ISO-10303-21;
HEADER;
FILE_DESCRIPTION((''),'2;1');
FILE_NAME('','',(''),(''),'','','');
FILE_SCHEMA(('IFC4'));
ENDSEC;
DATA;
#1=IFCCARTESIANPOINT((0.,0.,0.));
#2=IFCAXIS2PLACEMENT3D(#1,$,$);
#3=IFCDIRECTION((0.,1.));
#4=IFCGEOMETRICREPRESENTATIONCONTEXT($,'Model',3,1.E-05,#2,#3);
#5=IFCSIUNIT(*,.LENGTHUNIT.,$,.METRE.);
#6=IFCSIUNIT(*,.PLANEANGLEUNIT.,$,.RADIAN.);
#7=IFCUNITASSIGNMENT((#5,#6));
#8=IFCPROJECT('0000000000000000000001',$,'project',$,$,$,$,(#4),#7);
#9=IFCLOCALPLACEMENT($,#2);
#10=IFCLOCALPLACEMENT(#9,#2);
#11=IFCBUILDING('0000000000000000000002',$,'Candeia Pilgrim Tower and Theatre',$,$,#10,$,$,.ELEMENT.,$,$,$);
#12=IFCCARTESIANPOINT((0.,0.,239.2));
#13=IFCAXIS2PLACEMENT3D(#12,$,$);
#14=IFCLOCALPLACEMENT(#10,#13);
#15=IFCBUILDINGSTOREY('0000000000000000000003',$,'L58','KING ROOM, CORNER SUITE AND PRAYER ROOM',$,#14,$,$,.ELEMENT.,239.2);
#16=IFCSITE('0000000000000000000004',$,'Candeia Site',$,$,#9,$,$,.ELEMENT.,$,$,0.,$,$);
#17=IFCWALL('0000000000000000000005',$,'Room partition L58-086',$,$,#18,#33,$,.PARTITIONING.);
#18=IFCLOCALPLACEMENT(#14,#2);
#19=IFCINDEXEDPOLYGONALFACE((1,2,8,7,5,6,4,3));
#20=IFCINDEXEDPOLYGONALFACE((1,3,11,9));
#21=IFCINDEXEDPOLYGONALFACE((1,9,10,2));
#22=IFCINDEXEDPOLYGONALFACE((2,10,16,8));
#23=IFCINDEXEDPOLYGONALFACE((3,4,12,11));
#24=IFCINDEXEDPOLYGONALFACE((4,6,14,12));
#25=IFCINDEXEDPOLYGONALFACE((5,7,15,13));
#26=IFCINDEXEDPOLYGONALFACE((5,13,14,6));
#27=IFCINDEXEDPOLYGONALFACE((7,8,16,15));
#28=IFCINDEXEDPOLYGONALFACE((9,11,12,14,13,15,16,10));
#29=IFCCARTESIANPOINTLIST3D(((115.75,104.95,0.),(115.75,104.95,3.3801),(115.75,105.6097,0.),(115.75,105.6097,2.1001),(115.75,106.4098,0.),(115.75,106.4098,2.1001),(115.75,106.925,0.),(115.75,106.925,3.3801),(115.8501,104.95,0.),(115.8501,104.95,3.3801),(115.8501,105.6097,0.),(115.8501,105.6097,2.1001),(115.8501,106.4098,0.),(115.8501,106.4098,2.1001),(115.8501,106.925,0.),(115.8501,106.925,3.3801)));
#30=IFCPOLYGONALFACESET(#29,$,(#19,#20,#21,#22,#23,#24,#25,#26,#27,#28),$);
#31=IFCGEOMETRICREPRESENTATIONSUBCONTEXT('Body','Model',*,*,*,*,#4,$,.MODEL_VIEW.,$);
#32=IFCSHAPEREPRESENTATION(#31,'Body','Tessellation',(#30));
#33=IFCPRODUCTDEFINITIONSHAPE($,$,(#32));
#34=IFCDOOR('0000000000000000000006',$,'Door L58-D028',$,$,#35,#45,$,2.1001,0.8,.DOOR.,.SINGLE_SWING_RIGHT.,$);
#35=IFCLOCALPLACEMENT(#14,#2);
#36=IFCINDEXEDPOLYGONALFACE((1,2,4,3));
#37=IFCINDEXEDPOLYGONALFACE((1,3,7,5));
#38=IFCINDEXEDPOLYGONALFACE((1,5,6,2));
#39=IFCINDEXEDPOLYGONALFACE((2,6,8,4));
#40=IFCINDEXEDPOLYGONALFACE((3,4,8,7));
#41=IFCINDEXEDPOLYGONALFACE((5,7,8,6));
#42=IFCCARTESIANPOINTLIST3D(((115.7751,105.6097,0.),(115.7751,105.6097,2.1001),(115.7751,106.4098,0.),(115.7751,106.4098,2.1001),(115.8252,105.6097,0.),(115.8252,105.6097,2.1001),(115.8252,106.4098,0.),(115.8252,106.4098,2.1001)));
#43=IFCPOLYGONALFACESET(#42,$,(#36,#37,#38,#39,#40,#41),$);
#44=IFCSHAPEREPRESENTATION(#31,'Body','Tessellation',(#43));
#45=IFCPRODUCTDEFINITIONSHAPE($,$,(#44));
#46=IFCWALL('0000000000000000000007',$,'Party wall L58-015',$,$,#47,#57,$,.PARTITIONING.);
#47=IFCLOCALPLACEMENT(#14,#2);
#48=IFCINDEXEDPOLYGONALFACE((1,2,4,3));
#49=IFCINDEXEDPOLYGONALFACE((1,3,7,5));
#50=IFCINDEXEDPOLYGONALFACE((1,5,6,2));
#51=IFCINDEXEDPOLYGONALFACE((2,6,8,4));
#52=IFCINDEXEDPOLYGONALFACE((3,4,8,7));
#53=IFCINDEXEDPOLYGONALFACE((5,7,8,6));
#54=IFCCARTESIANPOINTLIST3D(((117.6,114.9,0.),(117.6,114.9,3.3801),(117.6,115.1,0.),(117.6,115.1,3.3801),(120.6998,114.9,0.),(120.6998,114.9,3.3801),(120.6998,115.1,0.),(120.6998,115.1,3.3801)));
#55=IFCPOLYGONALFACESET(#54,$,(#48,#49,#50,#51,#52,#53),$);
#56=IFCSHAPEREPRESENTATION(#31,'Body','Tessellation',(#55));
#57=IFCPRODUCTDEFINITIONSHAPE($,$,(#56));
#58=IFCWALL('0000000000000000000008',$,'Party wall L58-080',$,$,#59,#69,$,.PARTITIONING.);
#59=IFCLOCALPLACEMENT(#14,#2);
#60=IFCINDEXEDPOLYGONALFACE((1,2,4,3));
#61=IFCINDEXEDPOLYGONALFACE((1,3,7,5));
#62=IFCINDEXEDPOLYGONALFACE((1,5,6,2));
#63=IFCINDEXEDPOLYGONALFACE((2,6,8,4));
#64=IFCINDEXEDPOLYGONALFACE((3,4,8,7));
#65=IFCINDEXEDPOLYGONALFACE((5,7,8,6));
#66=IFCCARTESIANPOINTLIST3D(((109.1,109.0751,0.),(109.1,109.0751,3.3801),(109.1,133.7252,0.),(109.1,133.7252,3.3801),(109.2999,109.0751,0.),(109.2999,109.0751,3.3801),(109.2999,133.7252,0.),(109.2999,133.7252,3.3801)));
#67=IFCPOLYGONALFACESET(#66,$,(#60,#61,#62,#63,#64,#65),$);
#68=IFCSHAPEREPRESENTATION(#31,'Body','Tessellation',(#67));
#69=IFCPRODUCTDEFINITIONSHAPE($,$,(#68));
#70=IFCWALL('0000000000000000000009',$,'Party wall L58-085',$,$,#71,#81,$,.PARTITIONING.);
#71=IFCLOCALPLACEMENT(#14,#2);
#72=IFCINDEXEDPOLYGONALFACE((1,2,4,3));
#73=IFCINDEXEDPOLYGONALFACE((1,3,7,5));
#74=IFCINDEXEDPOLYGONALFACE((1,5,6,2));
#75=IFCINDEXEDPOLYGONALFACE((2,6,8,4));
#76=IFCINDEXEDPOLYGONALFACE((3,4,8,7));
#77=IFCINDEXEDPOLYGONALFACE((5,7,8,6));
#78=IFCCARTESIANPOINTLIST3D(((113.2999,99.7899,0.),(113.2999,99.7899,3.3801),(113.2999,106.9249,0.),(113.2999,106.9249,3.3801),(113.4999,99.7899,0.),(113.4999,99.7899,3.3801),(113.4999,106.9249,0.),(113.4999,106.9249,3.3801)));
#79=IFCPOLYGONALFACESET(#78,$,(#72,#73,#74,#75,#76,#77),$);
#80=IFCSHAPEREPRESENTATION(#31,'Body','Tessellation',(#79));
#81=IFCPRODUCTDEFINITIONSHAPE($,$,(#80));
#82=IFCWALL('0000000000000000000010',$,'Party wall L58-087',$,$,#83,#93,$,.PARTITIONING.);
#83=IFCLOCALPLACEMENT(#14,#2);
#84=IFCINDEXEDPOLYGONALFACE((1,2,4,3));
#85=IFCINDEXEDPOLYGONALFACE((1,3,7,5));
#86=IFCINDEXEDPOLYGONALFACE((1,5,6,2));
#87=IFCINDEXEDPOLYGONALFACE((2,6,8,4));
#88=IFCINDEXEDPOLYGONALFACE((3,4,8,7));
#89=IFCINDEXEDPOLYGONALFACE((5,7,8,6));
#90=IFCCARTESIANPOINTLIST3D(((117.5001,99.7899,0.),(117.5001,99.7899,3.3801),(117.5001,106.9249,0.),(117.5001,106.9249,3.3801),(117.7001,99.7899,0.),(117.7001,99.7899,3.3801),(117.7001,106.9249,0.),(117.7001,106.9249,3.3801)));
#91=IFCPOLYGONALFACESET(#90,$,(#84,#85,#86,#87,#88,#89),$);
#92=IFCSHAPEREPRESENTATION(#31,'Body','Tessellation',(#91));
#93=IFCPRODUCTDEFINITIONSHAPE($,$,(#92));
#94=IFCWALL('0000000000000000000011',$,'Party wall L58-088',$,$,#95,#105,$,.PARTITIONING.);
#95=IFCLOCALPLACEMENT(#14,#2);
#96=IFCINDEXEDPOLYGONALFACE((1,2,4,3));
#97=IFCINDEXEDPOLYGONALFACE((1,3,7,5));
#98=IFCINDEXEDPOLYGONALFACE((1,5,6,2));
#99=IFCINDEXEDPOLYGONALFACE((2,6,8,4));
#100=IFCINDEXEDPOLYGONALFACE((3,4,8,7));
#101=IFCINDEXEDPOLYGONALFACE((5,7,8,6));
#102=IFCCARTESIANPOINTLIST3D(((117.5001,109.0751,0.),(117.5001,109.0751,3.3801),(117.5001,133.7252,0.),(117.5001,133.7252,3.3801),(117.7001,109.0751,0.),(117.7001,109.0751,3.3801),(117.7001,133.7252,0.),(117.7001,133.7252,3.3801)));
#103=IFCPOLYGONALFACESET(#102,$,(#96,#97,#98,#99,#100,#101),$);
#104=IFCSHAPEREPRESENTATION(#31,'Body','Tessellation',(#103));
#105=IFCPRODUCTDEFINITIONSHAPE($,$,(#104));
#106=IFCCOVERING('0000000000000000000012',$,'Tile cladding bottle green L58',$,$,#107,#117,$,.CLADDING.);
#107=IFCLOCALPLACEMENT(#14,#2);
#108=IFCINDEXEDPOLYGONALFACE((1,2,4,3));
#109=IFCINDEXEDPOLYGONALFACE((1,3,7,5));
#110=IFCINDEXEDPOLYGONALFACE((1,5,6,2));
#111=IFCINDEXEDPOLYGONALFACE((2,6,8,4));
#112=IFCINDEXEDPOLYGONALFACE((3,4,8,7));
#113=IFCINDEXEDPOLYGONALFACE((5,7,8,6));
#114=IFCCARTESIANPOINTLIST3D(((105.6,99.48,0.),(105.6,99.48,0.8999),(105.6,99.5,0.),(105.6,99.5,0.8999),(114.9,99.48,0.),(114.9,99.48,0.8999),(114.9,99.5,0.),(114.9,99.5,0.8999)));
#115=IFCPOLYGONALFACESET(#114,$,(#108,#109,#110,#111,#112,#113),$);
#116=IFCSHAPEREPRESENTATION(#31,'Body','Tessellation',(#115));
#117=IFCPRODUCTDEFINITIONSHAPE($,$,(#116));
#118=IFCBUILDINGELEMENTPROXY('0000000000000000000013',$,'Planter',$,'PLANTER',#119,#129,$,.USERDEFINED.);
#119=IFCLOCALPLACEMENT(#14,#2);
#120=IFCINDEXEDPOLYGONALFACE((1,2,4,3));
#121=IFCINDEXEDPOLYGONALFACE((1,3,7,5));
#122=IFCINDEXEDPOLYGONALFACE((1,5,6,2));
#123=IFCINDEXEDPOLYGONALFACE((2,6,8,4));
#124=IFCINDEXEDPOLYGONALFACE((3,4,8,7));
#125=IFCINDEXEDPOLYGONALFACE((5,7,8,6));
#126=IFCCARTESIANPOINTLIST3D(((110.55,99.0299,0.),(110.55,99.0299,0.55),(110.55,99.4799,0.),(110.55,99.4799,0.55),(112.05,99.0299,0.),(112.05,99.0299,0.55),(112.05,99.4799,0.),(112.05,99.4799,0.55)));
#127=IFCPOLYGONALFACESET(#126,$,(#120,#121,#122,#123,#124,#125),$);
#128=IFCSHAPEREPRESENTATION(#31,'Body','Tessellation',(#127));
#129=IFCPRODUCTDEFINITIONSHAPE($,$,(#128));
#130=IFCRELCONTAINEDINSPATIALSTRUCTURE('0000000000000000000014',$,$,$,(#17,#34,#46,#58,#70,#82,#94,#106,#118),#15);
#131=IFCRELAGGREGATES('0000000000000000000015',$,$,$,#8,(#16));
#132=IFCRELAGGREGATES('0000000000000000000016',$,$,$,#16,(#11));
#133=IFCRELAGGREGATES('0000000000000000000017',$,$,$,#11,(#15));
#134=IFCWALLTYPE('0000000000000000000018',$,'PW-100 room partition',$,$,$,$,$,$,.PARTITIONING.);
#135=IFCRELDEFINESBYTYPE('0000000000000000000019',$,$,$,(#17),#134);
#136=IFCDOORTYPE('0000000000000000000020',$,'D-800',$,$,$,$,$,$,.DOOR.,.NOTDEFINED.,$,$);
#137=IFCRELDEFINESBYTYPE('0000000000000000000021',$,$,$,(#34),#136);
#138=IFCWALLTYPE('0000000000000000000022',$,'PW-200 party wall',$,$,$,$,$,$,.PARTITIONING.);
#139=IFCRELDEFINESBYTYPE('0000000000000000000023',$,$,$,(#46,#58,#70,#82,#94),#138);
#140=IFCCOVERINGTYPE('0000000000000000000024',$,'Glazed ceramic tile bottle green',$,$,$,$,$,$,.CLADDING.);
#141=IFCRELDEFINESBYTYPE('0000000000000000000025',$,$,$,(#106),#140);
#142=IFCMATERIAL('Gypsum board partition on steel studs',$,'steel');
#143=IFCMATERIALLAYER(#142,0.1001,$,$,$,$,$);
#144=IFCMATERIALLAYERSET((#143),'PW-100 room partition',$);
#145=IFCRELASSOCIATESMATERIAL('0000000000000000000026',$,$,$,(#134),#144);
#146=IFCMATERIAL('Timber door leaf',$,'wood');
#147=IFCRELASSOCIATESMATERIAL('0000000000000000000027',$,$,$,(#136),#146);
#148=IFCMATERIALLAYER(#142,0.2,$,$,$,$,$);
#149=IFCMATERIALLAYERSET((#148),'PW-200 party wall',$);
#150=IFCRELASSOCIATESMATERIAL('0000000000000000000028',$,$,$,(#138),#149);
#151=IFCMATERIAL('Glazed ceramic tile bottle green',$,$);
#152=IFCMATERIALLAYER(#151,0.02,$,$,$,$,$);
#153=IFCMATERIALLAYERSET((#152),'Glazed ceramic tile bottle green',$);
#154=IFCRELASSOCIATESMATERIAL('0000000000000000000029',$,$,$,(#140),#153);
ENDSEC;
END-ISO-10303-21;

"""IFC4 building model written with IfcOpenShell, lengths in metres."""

from ifc_helpers import new_model, si_unit, direction, frame, frame_2d, origin, origin_2d, place, context, subcontext, project, spatial, rectangle, extrude, material, layer, layer_set, type_object, element, fill, save


model = new_model("IFC4")

# Units and contexts
model_context = context("Model", 3, precision=1e-05, world=origin(), true_north=direction((0.0, 1.0)))
body_context = subcontext(model_context, "Body", "Model", "MODEL_VIEW")
ifc_project = project(units=[si_unit("LENGTHUNIT", "METRE"), si_unit("PLANEANGLEUNIT", "RADIAN")], contexts=[model_context])

# Site, building, storey
site_placement = place(None, origin())
site = spatial("IfcSite", under=ifc_project, at=site_placement, Name="Candeia Site", CompositionType="ELEMENT", RefElevation=0.0)
building_placement = place(site_placement, origin())
building = spatial("IfcBuilding", under=site, at=building_placement, Name="Candeia Pilgrim Tower and Theatre", CompositionType="ELEMENT")
storey_placement = place(building_placement, frame((0.0, 0.0, 239.2)))
storey = spatial("IfcBuildingStorey", under=building, at=storey_placement, Name="L58", Description="KING ROOM, CORNER SUITE AND PRAYER ROOM", CompositionType="ELEMENT", Elevation=239.2)

# Shared definitions
ifc_material_1 = material(Name="Gypsum board partition on steel studs", Category="steel")
ifc_layer_1 = layer(ifc_material_1, 0.1001)
ifc_layer_set_1 = layer_set([ifc_layer_1], Name="PW-100 room partition")
wall_type_1 = type_object("IfcWallType", Name="PW-100 room partition", PredefinedType="PARTITIONING", material=ifc_layer_set_1)

# Shared definitions
ifc_material_2 = material(Name="Timber door leaf", Category="wood")
door_type = type_object("IfcDoorType", Name="D-800", OperationType="NOTDEFINED", PredefinedType="DOOR", material=ifc_material_2)

# Wall, opening, door
wall_1_placement = place(storey_placement, frame((115.8, 104.95, 0.0), z_axis=(0.0, 0.0, 1.0), x_axis=(0.0, 1.0, 0.0)))
wall_1 = element("IfcWall", 1, at=wall_1_placement, inside=storey, type_object=wall_type_1, Name="Room partition L58-086", PredefinedType="PARTITIONING", context=body_context, shape_type="SweptSolid", body=[
    extrude(rectangle(XDim=1.9751, YDim=0.1001, at=frame_2d((0.9875, 0.0))), origin(), (0.0, 0.0, 1.0), 3.3801),
])
opening_1_placement = place(wall_1_placement, frame((0.6599, 0.0, 0.0)))
opening_1 = element("IfcOpeningElement", 2, at=opening_1_placement, cuts=wall_1, PredefinedType="OPENING", context=body_context, shape_type="SweptSolid", body=[
    extrude(rectangle(XDim=0.8, YDim=2.1001, at=frame_2d((0.3999, 1.05))), frame((0.0, 0.0601, 0.0), z_axis=(0.0, -1.0, 0.0), x_axis=(1.0, 0.0, 0.0)), (0.0, 0.0, 1.0), 0.1201),
])
door_1_placement = place(opening_1_placement, origin())
door_1 = element("IfcDoor", 3, at=door_1_placement, inside=storey, type_object=door_type, Name="Door L58-D028", OperationType="SINGLE_SWING_RIGHT", OverallHeight=2.1001, OverallWidth=0.8, PredefinedType="DOOR", context=body_context, shape_type="SweptSolid", body=[
    extrude(rectangle(XDim=0.8, YDim=2.1001, at=frame_2d((0.3999, 1.05))), frame((0.0, 0.0249, 0.0), z_axis=(0.0, -1.0, 0.0), x_axis=(1.0, 0.0, 0.0)), (0.0, 0.0, 1.0), 0.05),
])
fill(opening_1, door_1)

# Walls
ifc_layer_2 = layer(ifc_material_1, 0.2)
ifc_layer_set_2 = layer_set([ifc_layer_2], Name="PW-200 party wall")
wall_type_2 = type_object("IfcWallType", Name="PW-200 party wall", PredefinedType="PARTITIONING", material=ifc_layer_set_2)
wall_2_placement = place(storey_placement, frame((117.6001, 115.0, 0.0), z_axis=(0.0, 0.0, 1.0), x_axis=(1.0, 0.0, 0.0)))
element("IfcWall", 4, at=wall_2_placement, inside=storey, type_object=wall_type_2, Name="Party wall L58-015", PredefinedType="PARTITIONING", context=body_context, shape_type="SweptSolid", body=[
    extrude(rectangle(XDim=3.0999, YDim=0.2, at=frame_2d((1.5498, 0.0))), origin(), (0.0, 0.0, 1.0), 3.3801),
])
wall_3_placement = place(storey_placement, frame((109.2, 109.075, 0.0), z_axis=(0.0, 0.0, 1.0), x_axis=(0.0, 1.0, 0.0)))
element("IfcWall", 5, at=wall_3_placement, inside=storey, type_object=wall_type_2, Name="Party wall L58-080", PredefinedType="PARTITIONING", context=body_context, shape_type="SweptSolid", body=[
    extrude(rectangle(XDim=24.6501, YDim=0.2, at=frame_2d((12.3252, 0.0))), origin(), (0.0, 0.0, 1.0), 3.3801),
])
for number, where, z_axis, x_axis, name in (
    (6, (113.3999, 99.79, 0.0), (0.0, 0.0, 1.0), (0.0, 1.0, 0.0), "Party wall L58-085"),
    (7, (117.6001, 99.79, 0.0), (0.0, 0.0, 1.0), (0.0, 1.0, 0.0), "Party wall L58-087"),
):
    element("IfcWall", number, at=place(storey_placement, frame(where, z_axis=z_axis, x_axis=x_axis)), inside=storey, type_object=wall_type_2, Name=name, PredefinedType="PARTITIONING", context=body_context, shape_type="SweptSolid", body=[
        extrude(rectangle(XDim=7.135, YDim=0.2, at=frame_2d((3.5674, 0.0))), origin(), (0.0, 0.0, 1.0), 3.3801),
    ])
wall_4_placement = place(storey_placement, frame((117.6001, 109.075, 0.0), z_axis=(0.0, 0.0, 1.0), x_axis=(0.0, 1.0, 0.0)))
element("IfcWall", 8, at=wall_4_placement, inside=storey, type_object=wall_type_2, Name="Party wall L58-088", PredefinedType="PARTITIONING", context=body_context, shape_type="SweptSolid", body=[
    extrude(rectangle(XDim=24.6501, YDim=0.2, at=frame_2d((12.3252, 0.0))), origin(), (0.0, 0.0, 1.0), 3.3801),
])

# Covering
ifc_material_3 = material(Name="Glazed ceramic tile bottle green")
ifc_layer_3 = layer(ifc_material_3, 0.02)
ifc_layer_set_3 = layer_set([ifc_layer_3], Name="Glazed ceramic tile bottle green")
covering_type = type_object("IfcCoveringType", Name="Glazed ceramic tile bottle green", PredefinedType="CLADDING", material=ifc_layer_set_3)
covering_placement = place(storey_placement, frame((110.25, 99.49, 0.0), z_axis=(0.0, 0.0, 1.0), x_axis=(1.0, 0.0, 0.0)))
element("IfcCovering", 9, at=covering_placement, inside=storey, type_object=covering_type, Name="Tile cladding bottle green L58", PredefinedType="CLADDING", context=body_context, shape_type="SweptSolid", body=[
    extrude(rectangle(XDim=9.3, YDim=0.02, at=origin_2d()), origin(), (0.0, 0.0, 1.0), 0.8999),
])

# Building element proxy
proxy_placement = place(storey_placement, frame((111.3, 99.2549, 0.0), z_axis=(0.0, 0.0, 1.0), x_axis=(1.0, 0.0, 0.0)))
element("IfcBuildingElementProxy", 10, at=proxy_placement, inside=storey, Name="Planter", ObjectType="PLANTER", PredefinedType="USERDEFINED", context=body_context, shape_type="SweptSolid", body=[
    extrude(rectangle(XDim=1.5, YDim=0.45, at=origin_2d()), origin(), (0.0, 0.0, 1.0), 0.55),
])

save(model, "model.ifc")
